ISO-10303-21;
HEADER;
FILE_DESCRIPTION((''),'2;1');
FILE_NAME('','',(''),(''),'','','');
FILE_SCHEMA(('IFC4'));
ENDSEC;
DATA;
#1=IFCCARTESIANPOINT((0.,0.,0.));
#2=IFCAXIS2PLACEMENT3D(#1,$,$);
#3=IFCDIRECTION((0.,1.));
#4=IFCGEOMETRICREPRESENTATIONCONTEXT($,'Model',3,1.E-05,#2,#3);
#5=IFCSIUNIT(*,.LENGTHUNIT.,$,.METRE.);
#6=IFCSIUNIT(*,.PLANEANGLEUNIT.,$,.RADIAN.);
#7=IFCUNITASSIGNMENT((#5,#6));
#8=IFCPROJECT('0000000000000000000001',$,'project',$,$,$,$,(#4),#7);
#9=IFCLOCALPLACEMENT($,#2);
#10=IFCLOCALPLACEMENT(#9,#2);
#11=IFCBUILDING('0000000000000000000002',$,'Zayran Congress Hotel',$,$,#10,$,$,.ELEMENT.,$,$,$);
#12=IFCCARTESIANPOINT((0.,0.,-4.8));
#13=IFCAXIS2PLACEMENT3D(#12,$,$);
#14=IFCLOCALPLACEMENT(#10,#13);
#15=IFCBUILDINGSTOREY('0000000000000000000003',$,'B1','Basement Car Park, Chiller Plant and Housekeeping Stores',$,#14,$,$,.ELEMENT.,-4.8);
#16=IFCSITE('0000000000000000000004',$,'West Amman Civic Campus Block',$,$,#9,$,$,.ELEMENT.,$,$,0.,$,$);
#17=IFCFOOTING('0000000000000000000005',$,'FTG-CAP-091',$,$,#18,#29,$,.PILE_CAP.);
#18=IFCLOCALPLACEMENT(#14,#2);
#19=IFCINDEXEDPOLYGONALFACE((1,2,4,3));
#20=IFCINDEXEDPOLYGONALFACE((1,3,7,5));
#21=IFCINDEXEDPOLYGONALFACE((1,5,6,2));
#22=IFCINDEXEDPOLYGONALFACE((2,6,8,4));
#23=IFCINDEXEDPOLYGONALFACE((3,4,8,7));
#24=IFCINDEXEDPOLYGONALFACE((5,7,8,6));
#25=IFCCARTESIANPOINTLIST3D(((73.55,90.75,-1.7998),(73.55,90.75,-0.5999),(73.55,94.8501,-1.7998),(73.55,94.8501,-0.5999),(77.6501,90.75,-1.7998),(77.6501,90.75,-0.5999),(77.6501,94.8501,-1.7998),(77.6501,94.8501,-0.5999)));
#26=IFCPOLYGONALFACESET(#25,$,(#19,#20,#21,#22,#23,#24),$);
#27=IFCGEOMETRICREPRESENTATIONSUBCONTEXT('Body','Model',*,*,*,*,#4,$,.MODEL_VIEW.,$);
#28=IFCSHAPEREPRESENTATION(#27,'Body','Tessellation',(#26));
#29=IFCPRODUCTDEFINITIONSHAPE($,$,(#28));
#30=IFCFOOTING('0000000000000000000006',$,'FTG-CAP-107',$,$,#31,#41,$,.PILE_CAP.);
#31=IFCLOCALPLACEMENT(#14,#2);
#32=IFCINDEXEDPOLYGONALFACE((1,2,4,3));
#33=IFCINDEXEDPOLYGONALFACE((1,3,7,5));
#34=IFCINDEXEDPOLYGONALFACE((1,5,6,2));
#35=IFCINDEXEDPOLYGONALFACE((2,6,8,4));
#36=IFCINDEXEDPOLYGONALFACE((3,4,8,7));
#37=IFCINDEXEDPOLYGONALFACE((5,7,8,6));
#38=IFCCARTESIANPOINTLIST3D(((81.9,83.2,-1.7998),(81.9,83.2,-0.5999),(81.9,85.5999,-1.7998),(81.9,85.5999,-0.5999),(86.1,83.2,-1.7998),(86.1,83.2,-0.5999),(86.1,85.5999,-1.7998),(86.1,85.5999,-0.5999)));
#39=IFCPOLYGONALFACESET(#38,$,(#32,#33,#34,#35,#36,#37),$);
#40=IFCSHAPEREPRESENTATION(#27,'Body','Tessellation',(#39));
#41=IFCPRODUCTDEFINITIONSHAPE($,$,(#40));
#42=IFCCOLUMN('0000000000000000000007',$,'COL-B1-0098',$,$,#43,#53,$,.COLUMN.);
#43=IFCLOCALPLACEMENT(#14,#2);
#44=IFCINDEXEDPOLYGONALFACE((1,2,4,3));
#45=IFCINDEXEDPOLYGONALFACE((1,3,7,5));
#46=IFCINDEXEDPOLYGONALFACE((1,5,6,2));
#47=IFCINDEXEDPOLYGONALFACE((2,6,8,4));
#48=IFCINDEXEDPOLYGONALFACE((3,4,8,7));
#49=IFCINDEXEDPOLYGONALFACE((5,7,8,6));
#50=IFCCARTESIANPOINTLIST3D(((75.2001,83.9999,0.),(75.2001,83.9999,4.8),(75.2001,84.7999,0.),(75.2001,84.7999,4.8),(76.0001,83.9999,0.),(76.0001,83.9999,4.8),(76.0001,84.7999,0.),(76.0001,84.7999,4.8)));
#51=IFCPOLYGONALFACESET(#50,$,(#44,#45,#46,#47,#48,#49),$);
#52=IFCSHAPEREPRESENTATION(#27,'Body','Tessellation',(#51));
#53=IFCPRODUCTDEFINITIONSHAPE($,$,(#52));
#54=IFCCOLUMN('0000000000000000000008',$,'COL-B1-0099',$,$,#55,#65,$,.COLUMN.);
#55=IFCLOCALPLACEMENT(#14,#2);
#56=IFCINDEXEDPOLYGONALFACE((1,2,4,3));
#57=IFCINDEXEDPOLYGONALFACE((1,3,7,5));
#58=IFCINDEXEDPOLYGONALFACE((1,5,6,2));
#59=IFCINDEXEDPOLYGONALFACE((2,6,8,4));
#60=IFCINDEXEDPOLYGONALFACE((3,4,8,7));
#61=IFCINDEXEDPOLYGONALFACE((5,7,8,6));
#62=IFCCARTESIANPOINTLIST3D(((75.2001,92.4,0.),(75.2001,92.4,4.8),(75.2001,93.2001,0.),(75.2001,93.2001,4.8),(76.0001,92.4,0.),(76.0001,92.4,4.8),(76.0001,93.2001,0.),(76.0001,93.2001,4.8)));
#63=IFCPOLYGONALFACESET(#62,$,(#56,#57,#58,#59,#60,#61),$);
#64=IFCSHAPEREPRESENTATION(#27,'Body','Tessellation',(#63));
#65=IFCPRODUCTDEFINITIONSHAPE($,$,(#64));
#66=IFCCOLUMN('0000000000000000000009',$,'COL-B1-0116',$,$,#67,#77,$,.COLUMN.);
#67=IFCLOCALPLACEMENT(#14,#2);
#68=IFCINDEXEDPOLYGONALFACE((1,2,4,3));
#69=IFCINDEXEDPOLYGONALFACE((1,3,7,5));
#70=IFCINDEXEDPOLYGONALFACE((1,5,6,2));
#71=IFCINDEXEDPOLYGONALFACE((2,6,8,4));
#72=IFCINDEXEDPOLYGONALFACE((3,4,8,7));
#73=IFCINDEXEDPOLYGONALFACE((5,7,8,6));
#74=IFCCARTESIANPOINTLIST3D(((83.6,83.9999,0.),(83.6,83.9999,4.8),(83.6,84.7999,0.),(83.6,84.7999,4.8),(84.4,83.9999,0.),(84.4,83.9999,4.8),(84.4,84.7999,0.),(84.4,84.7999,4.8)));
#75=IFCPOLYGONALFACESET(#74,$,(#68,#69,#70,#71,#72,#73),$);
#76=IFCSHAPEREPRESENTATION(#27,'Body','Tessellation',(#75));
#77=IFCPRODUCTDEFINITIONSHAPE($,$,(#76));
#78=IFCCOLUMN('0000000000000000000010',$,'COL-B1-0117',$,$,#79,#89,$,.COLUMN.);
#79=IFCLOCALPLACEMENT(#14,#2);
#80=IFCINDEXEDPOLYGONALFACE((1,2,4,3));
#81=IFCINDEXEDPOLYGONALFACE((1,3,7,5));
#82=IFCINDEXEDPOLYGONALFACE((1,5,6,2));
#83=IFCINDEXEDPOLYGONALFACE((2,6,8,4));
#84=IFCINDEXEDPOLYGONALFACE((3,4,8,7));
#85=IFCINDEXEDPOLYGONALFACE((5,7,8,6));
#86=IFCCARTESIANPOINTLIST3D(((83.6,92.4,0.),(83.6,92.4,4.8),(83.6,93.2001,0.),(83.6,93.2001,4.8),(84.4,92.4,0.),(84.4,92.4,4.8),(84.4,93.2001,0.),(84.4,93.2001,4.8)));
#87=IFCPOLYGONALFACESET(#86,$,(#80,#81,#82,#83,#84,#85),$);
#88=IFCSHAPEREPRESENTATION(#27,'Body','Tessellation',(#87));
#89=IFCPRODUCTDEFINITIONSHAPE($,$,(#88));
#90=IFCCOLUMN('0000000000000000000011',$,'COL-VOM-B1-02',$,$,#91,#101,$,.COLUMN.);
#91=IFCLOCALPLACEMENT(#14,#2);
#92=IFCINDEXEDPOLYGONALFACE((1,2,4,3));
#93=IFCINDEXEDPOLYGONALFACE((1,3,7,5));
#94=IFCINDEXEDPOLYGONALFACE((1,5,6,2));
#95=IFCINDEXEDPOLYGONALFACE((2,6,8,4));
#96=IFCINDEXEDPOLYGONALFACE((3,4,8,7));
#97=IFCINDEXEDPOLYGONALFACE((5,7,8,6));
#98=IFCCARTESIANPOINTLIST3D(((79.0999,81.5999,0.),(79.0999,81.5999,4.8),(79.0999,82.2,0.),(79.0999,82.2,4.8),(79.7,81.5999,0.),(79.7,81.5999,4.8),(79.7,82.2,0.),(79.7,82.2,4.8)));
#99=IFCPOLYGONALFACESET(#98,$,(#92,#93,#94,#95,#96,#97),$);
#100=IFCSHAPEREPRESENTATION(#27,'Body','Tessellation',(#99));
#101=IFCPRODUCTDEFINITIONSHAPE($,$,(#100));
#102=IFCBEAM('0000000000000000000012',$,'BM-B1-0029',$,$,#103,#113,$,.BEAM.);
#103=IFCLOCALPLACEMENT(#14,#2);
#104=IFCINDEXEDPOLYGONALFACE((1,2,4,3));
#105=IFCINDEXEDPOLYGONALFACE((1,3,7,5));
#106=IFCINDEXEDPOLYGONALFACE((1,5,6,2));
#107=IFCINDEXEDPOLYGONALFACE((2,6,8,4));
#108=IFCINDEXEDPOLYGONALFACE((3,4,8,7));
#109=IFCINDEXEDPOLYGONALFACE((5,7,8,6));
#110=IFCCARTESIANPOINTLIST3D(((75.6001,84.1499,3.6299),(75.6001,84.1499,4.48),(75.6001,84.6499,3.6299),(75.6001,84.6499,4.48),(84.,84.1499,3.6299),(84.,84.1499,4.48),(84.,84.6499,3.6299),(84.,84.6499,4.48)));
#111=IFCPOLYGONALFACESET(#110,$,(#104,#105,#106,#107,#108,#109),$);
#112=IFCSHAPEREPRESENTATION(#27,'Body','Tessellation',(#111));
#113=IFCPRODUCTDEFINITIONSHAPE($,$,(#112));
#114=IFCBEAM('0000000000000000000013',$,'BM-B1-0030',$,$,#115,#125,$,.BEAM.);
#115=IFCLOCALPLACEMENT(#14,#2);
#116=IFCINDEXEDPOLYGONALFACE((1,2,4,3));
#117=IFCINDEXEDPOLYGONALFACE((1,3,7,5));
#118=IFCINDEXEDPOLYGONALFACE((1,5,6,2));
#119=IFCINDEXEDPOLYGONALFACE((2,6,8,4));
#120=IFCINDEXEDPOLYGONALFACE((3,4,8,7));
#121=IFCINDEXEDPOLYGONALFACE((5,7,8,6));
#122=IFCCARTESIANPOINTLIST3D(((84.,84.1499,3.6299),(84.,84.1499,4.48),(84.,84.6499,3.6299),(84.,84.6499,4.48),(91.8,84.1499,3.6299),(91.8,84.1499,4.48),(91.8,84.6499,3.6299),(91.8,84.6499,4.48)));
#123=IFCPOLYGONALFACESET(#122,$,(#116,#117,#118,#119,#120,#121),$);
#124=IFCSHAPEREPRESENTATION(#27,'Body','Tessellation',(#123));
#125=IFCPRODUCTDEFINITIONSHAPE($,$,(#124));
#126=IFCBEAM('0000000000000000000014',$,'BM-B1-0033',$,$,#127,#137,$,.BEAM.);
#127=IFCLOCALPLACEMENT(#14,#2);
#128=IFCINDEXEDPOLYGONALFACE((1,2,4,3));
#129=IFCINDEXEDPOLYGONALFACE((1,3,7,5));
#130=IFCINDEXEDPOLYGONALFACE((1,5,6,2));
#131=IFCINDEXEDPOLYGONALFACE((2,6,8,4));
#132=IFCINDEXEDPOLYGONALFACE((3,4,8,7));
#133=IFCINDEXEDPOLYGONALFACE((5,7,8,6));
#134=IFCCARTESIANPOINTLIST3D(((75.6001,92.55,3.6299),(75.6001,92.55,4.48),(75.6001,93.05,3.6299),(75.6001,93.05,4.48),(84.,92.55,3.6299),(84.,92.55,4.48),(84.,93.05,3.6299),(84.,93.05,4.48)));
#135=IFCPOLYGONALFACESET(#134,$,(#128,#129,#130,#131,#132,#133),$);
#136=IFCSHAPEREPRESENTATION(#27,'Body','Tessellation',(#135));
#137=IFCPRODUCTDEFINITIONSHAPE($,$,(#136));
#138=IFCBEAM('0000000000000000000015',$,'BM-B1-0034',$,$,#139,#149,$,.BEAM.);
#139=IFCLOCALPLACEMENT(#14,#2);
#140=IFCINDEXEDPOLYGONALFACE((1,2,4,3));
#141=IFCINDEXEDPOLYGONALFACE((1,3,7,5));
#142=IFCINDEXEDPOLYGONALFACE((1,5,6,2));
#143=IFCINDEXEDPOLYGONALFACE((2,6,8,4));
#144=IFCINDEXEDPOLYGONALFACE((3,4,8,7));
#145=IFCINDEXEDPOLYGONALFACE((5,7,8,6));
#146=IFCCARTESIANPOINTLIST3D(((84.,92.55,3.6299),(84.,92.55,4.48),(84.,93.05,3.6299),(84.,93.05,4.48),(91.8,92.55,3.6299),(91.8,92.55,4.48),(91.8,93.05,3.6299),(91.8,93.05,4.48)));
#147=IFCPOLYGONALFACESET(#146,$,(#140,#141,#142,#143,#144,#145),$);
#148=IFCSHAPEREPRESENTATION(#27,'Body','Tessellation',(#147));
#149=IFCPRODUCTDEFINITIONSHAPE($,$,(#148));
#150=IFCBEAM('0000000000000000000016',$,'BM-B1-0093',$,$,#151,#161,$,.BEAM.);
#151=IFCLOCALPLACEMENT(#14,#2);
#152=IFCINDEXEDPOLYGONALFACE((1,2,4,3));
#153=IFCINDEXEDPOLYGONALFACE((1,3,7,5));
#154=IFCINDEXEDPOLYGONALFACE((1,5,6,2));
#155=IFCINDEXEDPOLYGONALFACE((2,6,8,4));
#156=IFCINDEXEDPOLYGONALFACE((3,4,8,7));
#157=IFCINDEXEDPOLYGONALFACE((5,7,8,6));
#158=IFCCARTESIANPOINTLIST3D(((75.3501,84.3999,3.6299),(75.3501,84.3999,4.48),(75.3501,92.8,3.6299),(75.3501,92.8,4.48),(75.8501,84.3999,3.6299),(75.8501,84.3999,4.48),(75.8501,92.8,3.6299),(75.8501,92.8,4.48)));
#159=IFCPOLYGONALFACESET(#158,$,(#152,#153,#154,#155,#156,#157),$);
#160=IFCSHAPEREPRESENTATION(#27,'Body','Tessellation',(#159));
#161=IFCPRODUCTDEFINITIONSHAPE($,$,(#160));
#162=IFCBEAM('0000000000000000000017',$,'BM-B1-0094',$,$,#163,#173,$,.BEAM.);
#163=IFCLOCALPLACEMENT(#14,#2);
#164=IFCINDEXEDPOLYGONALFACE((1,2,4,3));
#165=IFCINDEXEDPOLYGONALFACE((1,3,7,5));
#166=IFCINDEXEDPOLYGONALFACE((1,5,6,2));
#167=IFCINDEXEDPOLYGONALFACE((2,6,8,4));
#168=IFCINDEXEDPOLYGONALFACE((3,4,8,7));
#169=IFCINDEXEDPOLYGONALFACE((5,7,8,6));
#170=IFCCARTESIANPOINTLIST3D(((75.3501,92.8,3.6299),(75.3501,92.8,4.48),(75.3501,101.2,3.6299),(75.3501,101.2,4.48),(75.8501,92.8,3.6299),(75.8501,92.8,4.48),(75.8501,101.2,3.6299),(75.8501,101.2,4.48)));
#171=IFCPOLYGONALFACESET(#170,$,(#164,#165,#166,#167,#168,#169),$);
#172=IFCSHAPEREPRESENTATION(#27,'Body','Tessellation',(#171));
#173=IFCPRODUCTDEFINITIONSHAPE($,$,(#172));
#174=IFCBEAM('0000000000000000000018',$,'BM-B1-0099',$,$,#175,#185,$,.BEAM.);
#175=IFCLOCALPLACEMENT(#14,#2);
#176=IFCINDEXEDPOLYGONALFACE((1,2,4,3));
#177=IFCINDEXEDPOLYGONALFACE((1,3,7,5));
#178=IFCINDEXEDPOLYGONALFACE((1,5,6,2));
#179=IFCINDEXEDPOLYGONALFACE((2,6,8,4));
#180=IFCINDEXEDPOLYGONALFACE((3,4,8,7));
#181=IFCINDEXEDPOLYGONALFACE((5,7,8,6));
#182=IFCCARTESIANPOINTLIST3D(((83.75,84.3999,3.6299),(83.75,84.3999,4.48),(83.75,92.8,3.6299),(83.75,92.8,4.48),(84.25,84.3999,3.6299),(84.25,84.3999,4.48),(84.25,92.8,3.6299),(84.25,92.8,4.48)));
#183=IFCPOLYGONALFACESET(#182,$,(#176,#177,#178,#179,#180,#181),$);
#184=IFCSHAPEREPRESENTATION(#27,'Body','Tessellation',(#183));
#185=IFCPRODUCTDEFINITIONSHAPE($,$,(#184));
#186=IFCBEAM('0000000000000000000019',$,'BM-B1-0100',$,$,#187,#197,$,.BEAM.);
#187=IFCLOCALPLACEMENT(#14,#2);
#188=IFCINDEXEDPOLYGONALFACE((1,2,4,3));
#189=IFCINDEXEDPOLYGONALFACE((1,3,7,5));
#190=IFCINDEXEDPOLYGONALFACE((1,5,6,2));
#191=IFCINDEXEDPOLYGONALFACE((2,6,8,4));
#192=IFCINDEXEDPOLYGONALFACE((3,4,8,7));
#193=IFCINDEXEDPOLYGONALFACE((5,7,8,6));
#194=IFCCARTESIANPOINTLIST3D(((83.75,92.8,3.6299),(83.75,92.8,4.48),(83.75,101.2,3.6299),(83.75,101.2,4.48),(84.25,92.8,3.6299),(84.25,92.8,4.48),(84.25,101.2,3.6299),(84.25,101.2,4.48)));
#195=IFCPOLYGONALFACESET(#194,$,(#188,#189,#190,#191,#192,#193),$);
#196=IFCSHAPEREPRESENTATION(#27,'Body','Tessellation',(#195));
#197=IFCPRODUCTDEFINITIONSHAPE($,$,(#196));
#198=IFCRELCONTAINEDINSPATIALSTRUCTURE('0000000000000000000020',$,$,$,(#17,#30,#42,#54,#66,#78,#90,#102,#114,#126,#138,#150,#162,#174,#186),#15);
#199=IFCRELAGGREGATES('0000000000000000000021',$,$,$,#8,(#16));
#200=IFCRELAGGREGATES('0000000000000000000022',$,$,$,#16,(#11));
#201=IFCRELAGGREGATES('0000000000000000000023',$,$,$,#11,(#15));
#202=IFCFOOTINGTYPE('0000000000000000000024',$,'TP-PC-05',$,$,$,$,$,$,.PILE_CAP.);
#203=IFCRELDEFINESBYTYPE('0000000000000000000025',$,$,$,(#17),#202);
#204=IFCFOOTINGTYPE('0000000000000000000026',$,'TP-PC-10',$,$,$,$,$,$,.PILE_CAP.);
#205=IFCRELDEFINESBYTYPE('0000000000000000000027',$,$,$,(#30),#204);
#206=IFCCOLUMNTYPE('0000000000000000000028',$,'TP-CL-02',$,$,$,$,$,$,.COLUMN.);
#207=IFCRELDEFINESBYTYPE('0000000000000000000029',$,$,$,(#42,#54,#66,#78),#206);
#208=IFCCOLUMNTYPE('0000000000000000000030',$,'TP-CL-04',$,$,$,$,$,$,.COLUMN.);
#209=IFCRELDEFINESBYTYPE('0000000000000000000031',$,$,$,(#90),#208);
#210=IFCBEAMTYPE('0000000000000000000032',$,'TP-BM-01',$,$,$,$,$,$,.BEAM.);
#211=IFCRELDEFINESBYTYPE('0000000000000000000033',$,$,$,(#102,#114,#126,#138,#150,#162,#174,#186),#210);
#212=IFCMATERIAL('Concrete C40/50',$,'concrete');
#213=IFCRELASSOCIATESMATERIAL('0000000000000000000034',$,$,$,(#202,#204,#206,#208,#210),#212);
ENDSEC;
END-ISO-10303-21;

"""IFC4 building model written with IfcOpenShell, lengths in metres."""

from ifc_helpers import new_model, si_unit, direction, frame, origin, origin_2d, place, context, subcontext, project, spatial, rectangle, extrude, material, material_profile, profile_set, type_object, element, save


model = new_model("IFC4")

# Units and contexts
model_context = context("Model", 3, precision=1e-05, world=origin(), true_north=direction((0.0, 1.0)))
body_context = subcontext(model_context, "Body", "Model", "MODEL_VIEW")
ifc_project = project(units=[si_unit("LENGTHUNIT", "METRE"), si_unit("PLANEANGLEUNIT", "RADIAN")], contexts=[model_context])

# Site, building, storey
site_placement = place(None, origin())
site = spatial("IfcSite", under=ifc_project, at=site_placement, Name="West Amman Civic Campus Block", CompositionType="ELEMENT", RefElevation=0.0)
building_placement = place(site_placement, origin())
building = spatial("IfcBuilding", under=site, at=building_placement, Name="Zayran Congress Hotel", CompositionType="ELEMENT")
storey_placement = place(building_placement, frame((0.0, 0.0, -4.8)))
storey = spatial("IfcBuildingStorey", under=building, at=storey_placement, Name="B1", Description="Basement Car Park, Chiller Plant and Housekeeping Stores", CompositionType="ELEMENT", Elevation=-4.8)

# Shared definitions
ifc_material_1 = material(Name="Concrete C40/50", Category="concrete")

# Footings
footing_type_1 = type_object("IfcFootingType", Name="TP-PC-05", PredefinedType="PILE_CAP", material=ifc_material_1)
footing_1_placement = place(storey_placement, frame((75.6001, 92.8, -1.7998), z_axis=(0.0, 0.0, 1.0), x_axis=(1.0, 0.0, 0.0)))
element("IfcFooting", 1, at=footing_1_placement, inside=storey, type_object=footing_type_1, Name="FTG-CAP-091", PredefinedType="PILE_CAP", context=body_context, shape_type="SweptSolid", body=[
    extrude(rectangle(XDim=4.1001, YDim=4.1001, at=origin_2d()), origin(), (0.0, 0.0, 1.0), 1.2),
])
footing_type_2 = type_object("IfcFootingType", Name="TP-PC-10", PredefinedType="PILE_CAP", material=ifc_material_1)
footing_2_placement = place(storey_placement, frame((84.0, 84.3999, -1.7998), z_axis=(0.0, 0.0, 1.0), x_axis=(1.0, 0.0, 0.0)))
element("IfcFooting", 2, at=footing_2_placement, inside=storey, type_object=footing_type_2, Name="FTG-CAP-107", PredefinedType="PILE_CAP", context=body_context, shape_type="SweptSolid", body=[
    extrude(rectangle(XDim=4.2, YDim=2.3999, at=origin_2d()), origin(), (0.0, 0.0, 1.0), 1.2),
])

# Columns
ifc_material_profile_1 = material_profile(ifc_material_1, rectangle(XDim=0.8, YDim=0.8, at=origin_2d()), Name="RC 800x800")
ifc_profile_set_1 = profile_set([ifc_material_profile_1], Name="Concrete C40/50")
column_type_1 = type_object("IfcColumnType", Name="TP-CL-02", PredefinedType="COLUMN", material=ifc_profile_set_1)
for number, where, z_axis, x_axis, name in (
    (3, (75.6001, 84.3999, 0.0), (0.0, 0.0, 1.0), (1.0, 0.0, 0.0), "COL-B1-0098"),
    (4, (75.6001, 92.8, 0.0), (0.0, 0.0, 1.0), (1.0, 0.0, 0.0), "COL-B1-0099"),
    (5, (84.0, 84.3999, 0.0), (0.0, 0.0, 1.0), (1.0, 0.0, 0.0), "COL-B1-0116"),
    (6, (84.0, 92.8, 0.0), (0.0, 0.0, 1.0), (1.0, 0.0, 0.0), "COL-B1-0117"),
):
    element("IfcColumn", number, at=place(storey_placement, frame(where, z_axis=z_axis, x_axis=x_axis)), inside=storey, type_object=column_type_1, Name=name, PredefinedType="COLUMN", context=body_context, shape_type="SweptSolid", body=[
        extrude(rectangle(XDim=0.8, YDim=0.8, at=origin_2d()), origin(), (0.0, 0.0, 1.0), 4.8),
    ])
ifc_material_profile_2 = material_profile(ifc_material_1, rectangle(XDim=0.6001, YDim=0.6001, at=origin_2d()), Name="RC 600x600")
ifc_profile_set_2 = profile_set([ifc_material_profile_2], Name="Concrete C40/50")
column_type_2 = type_object("IfcColumnType", Name="TP-CL-04", PredefinedType="COLUMN", material=ifc_profile_set_2)
column_placement = place(storey_placement, frame((79.3999, 81.8999, 0.0), z_axis=(0.0, 0.0, 1.0), x_axis=(1.0, 0.0, 0.0)))
element("IfcColumn", 7, at=column_placement, inside=storey, type_object=column_type_2, Name="COL-VOM-B1-02", PredefinedType="COLUMN", context=body_context, shape_type="SweptSolid", body=[
    extrude(rectangle(XDim=0.6001, YDim=0.6001, at=origin_2d()), origin(), (0.0, 0.0, 1.0), 4.8),
])

# Beams
ifc_material_profile_3 = material_profile(ifc_material_1, rectangle(XDim=0.5, YDim=0.8501, at=origin_2d()), Name="RC 500x850")
ifc_profile_set_3 = profile_set([ifc_material_profile_3], Name="Concrete C40/50")
beam_type = type_object("IfcBeamType", Name="TP-BM-01", PredefinedType="BEAM", material=ifc_profile_set_3)
beam_1_placement = place(storey_placement, frame((75.6001, 84.3999, 4.0549), z_axis=(1.0, 0.0, 0.0), x_axis=(0.0, 1.0, 0.0)))
element("IfcBeam", 8, at=beam_1_placement, inside=storey, type_object=beam_type, Name="BM-B1-0029", PredefinedType="BEAM", context=body_context, shape_type="SweptSolid", body=[
    extrude(rectangle(XDim=0.5, YDim=0.8501, at=origin_2d()), origin(), (0.0, 0.0, 1.0), 8.3999),
])
beam_2_placement = place(storey_placement, frame((84.0, 84.3999, 4.0549), z_axis=(1.0, 0.0, 0.0), x_axis=(0.0, 1.0, 0.0)))
element("IfcBeam", 9, at=beam_2_placement, inside=storey, type_object=beam_type, Name="BM-B1-0030", PredefinedType="BEAM", context=body_context, shape_type="SweptSolid", body=[
    extrude(rectangle(XDim=0.5, YDim=0.8501, at=origin_2d()), origin(), (0.0, 0.0, 1.0), 7.8),
])
beam_3_placement = place(storey_placement, frame((75.6001, 92.8, 4.0549), z_axis=(1.0, 0.0, 0.0), x_axis=(0.0, 1.0, 0.0)))
element("IfcBeam", 10, at=beam_3_placement, inside=storey, type_object=beam_type, Name="BM-B1-0033", PredefinedType="BEAM", context=body_context, shape_type="SweptSolid", body=[
    extrude(rectangle(XDim=0.5, YDim=0.8501, at=origin_2d()), origin(), (0.0, 0.0, 1.0), 8.3999),
])
beam_4_placement = place(storey_placement, frame((84.0, 92.8, 4.0549), z_axis=(1.0, 0.0, 0.0), x_axis=(0.0, 1.0, 0.0)))
element("IfcBeam", 11, at=beam_4_placement, inside=storey, type_object=beam_type, Name="BM-B1-0034", PredefinedType="BEAM", context=body_context, shape_type="SweptSolid", body=[
    extrude(rectangle(XDim=0.5, YDim=0.8501, at=origin_2d()), origin(), (0.0, 0.0, 1.0), 7.8),
])
beam_5_placement = place(storey_placement, frame((75.6001, 84.3999, 4.0549), z_axis=(0.0, 1.0, 0.0), x_axis=(-1.0, 0.0, 0.0)))
element("IfcBeam", 12, at=beam_5_placement, inside=storey, type_object=beam_type, Name="BM-B1-0093", PredefinedType="BEAM", context=body_context, shape_type="SweptSolid", body=[
    extrude(rectangle(XDim=0.5, YDim=0.8501, at=origin_2d()), origin(), (0.0, 0.0, 1.0), 8.4001),
])
beam_6_placement = place(storey_placement, frame((75.6001, 92.8, 4.0549), z_axis=(0.0, 1.0, 0.0), x_axis=(-1.0, 0.0, 0.0)))
element("IfcBeam", 13, at=beam_6_placement, inside=storey, type_object=beam_type, Name="BM-B1-0094", PredefinedType="BEAM", context=body_context, shape_type="SweptSolid", body=[
    extrude(rectangle(XDim=0.5, YDim=0.8501, at=origin_2d()), origin(), (0.0, 0.0, 1.0), 8.3999),
])
beam_7_placement = place(storey_placement, frame((84.0, 84.3999, 4.0549), z_axis=(0.0, 1.0, 0.0), x_axis=(-1.0, 0.0, 0.0)))
element("IfcBeam", 14, at=beam_7_placement, inside=storey, type_object=beam_type, Name="BM-B1-0099", PredefinedType="BEAM", context=body_context, shape_type="SweptSolid", body=[
    extrude(rectangle(XDim=0.5, YDim=0.8501, at=origin_2d()), origin(), (0.0, 0.0, 1.0), 8.4001),
])
beam_8_placement = place(storey_placement, frame((84.0, 92.8, 4.0549), z_axis=(0.0, 1.0, 0.0), x_axis=(-1.0, 0.0, 0.0)))
element("IfcBeam", 15, at=beam_8_placement, inside=storey, type_object=beam_type, Name="BM-B1-0100", PredefinedType="BEAM", context=body_context, shape_type="SweptSolid", body=[
    extrude(rectangle(XDim=0.5, YDim=0.8501, at=origin_2d()), origin(), (0.0, 0.0, 1.0), 8.3999),
])

save(model, "model.ifc")
